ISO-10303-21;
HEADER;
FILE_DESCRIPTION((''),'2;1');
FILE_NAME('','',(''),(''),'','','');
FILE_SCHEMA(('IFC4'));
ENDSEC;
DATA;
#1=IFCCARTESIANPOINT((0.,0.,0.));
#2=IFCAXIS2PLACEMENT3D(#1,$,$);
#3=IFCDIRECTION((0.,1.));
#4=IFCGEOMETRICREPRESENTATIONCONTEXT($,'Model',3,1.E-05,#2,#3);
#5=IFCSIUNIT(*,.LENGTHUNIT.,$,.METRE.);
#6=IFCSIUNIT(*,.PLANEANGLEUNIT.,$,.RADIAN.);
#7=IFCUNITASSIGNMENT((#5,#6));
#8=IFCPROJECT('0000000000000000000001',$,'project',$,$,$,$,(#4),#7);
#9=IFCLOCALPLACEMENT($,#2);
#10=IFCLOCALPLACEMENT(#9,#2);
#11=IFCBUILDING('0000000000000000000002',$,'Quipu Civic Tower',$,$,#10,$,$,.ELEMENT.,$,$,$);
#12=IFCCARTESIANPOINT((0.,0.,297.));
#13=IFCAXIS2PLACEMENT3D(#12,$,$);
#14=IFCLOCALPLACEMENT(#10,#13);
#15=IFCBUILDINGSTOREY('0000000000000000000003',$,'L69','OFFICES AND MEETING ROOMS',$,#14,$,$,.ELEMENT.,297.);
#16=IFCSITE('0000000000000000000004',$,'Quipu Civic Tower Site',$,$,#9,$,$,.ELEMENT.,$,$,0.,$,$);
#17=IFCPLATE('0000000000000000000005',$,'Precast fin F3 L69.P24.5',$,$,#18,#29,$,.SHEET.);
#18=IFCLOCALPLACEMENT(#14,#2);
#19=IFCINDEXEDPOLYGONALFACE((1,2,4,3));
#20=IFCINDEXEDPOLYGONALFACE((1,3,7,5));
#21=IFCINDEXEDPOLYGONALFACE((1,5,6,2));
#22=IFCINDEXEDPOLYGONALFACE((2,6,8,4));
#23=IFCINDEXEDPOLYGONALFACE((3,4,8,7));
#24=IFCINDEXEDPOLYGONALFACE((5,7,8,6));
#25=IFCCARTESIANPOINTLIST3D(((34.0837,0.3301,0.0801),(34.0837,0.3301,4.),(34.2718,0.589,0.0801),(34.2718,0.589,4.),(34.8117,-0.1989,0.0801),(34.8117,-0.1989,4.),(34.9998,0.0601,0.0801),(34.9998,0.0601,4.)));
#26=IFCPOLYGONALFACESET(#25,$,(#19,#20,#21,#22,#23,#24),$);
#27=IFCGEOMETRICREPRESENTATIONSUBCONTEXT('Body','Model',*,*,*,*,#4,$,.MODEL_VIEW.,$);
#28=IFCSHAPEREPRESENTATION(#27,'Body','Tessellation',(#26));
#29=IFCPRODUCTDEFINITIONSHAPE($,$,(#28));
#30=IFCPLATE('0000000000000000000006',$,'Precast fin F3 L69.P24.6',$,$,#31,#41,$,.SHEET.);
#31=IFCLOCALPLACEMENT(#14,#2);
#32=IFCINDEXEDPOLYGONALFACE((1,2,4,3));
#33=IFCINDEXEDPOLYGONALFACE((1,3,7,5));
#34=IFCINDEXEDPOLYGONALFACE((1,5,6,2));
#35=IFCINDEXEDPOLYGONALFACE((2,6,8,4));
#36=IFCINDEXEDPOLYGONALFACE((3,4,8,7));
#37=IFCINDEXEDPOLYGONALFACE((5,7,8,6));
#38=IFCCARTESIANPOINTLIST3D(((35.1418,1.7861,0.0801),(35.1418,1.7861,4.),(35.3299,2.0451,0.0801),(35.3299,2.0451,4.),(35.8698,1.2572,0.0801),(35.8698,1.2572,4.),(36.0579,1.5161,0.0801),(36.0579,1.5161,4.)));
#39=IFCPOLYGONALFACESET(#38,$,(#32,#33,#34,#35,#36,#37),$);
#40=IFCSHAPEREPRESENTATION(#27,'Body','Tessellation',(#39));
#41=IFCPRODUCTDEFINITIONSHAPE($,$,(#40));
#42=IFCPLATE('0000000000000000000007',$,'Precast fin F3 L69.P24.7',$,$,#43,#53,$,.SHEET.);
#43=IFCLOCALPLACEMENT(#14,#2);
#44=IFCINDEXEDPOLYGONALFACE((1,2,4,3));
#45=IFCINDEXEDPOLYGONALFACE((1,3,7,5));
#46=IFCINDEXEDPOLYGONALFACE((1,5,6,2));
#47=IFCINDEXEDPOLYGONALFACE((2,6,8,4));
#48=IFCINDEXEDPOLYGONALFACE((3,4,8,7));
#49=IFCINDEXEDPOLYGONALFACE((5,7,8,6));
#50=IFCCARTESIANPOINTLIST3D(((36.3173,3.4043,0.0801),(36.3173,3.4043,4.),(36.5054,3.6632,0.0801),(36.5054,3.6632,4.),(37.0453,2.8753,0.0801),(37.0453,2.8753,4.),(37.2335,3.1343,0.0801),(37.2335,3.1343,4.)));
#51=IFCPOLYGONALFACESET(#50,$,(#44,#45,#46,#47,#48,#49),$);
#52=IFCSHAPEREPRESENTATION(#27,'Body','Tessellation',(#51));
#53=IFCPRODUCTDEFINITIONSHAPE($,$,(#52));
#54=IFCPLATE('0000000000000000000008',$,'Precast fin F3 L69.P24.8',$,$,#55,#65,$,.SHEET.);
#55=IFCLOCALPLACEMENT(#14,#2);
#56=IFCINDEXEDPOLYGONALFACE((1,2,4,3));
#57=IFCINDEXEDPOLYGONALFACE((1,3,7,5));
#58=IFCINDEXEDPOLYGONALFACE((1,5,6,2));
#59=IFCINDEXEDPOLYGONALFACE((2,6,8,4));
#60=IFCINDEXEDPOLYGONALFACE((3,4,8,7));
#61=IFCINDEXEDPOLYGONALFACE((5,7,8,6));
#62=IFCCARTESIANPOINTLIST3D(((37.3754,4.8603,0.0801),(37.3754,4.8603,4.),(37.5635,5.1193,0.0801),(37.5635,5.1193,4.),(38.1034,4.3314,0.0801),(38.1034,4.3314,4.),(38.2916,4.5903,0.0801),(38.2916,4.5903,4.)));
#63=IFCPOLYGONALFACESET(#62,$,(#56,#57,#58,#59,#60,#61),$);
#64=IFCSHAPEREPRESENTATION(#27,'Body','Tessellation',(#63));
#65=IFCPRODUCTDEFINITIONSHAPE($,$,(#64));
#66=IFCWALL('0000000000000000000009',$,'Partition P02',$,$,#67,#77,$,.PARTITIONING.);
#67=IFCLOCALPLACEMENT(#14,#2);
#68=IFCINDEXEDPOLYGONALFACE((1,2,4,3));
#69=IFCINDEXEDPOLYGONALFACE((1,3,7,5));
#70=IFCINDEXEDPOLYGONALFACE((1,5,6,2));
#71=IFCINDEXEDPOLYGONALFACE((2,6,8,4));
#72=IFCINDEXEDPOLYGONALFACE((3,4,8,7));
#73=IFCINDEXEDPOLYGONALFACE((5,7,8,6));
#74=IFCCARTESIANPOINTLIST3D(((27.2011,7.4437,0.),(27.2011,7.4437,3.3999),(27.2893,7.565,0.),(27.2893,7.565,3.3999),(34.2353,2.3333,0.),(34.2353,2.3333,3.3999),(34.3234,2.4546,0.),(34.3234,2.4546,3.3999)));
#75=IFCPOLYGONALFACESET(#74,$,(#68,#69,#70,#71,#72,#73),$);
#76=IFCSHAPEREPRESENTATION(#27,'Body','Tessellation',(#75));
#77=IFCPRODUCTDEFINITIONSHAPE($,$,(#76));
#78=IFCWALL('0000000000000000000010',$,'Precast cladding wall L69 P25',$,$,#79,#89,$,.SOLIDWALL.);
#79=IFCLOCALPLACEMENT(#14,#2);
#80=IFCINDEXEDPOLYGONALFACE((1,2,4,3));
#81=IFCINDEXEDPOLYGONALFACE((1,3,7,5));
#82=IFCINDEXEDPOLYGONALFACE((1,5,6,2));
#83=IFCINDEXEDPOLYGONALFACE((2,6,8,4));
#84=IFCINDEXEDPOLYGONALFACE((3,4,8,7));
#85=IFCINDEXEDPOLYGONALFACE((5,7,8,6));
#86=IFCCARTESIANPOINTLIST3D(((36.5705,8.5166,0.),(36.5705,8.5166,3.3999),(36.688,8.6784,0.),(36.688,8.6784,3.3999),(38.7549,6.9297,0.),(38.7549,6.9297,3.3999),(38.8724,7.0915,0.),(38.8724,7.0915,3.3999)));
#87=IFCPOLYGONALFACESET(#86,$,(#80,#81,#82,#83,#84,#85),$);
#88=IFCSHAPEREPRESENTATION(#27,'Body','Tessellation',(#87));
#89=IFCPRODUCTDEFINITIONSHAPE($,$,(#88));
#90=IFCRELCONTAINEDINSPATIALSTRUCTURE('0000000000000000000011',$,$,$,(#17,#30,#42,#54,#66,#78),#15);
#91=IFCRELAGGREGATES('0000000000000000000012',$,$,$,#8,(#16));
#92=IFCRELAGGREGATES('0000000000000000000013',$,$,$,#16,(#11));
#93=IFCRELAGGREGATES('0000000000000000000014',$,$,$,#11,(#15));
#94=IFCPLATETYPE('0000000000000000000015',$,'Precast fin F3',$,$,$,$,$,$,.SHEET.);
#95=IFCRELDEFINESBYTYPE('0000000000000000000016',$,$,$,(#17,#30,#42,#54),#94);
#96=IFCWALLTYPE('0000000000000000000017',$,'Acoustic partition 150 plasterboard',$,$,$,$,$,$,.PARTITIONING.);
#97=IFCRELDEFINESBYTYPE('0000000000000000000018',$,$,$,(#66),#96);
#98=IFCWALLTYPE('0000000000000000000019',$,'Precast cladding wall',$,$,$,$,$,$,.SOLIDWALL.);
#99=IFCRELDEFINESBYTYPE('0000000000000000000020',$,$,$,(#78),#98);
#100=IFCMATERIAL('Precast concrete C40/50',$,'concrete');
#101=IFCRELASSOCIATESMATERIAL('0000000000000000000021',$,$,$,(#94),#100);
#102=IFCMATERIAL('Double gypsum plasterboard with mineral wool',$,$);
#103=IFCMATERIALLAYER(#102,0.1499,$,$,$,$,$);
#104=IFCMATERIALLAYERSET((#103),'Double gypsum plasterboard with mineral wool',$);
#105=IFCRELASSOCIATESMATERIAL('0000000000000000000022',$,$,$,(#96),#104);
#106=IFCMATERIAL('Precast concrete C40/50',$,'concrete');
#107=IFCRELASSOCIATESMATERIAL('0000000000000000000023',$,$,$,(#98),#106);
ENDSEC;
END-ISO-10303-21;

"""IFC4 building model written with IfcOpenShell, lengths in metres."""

from ifc_helpers import new_model, si_unit, direction, frame, frame_2d, origin, origin_2d, place, context, subcontext, project, spatial, rectangle, extrude, material, layer, layer_set, type_object, element, save


model = new_model("IFC4")

# Units and contexts
model_context = context("Model", 3, precision=1e-05, world=origin(), true_north=direction((0.0, 1.0)))
body_context = subcontext(model_context, "Body", "Model", "MODEL_VIEW")
ifc_project = project(units=[si_unit("LENGTHUNIT", "METRE"), si_unit("PLANEANGLEUNIT", "RADIAN")], contexts=[model_context])

# Site, building, storey
site_placement = place(None, origin())
site = spatial("IfcSite", under=ifc_project, at=site_placement, Name="Quipu Civic Tower Site", CompositionType="ELEMENT", RefElevation=0.0)
building_placement = place(site_placement, origin())
building = spatial("IfcBuilding", under=site, at=building_placement, Name="Quipu Civic Tower", CompositionType="ELEMENT")
storey_placement = place(building_placement, frame((0.0, 0.0, 297.0)))
storey = spatial("IfcBuildingStorey", under=building, at=storey_placement, Name="L69", Description="OFFICES AND MEETING ROOMS", CompositionType="ELEMENT", Elevation=297.0)

# Plates
ifc_material_1 = material(Name="Precast concrete C40/50", Category="concrete")
plate_type_1 = type_object("IfcPlateType", Name="Precast fin F3", PredefinedType="SHEET", material=ifc_material_1)
for number, where, z_axis, x_axis, name in (
    (1, (34.5417, 0.1951, 0.0801), (0.0, 0.0, 1.0), (0.587787, 0.809016, 0.0), "Precast fin F3 L69.P24.5"),
    (2, (35.5999, 1.6511, 0.0801), (0.0, 0.0, 1.0), (0.587787, 0.809016, 0.0), "Precast fin F3 L69.P24.6"),
    (3, (36.7754, 3.2693, 0.0801), (0.0, 0.0, 1.0), (0.587787, 0.809016, 0.0), "Precast fin F3 L69.P24.7"),
    (4, (37.8335, 4.7253, 0.0801), (0.0, 0.0, 1.0), (0.587787, 0.809016, 0.0), "Precast fin F3 L69.P24.8"),
):
    element("IfcPlate", number, at=place(storey_placement, frame(where, z_axis=z_axis, x_axis=x_axis)), inside=storey, type_object=plate_type_1, Name=name, PredefinedType="SHEET", context=body_context, shape_type="SweptSolid", body=[
        extrude(rectangle(XDim=0.3201, YDim=0.8999, at=origin_2d()), origin(), (0.0, 0.0, 1.0), 3.9199),
    ])

# Walls
ifc_material_2 = material(Name="Double gypsum plasterboard with mineral wool")
ifc_layer_1 = layer(ifc_material_2, 0.1499)
ifc_layer_set_1 = layer_set([ifc_layer_1], Name="Double gypsum plasterboard with mineral wool")
wall_type_1 = type_object("IfcWallType", Name="Acoustic partition 150 plasterboard", PredefinedType="PARTITIONING", material=ifc_layer_set_1)
wall_1_placement = place(storey_placement, frame((34.2793, 2.394, 0.0), z_axis=(0.0, 0.0, 1.0), x_axis=(-0.809032, 0.587764, 0.0)))
element("IfcWall", 5, at=wall_1_placement, inside=storey, type_object=wall_type_1, Name="Partition P02", PredefinedType="PARTITIONING", context=body_context, shape_type="SweptSolid", body=[
    extrude(rectangle(XDim=8.6946, YDim=0.1499, at=frame_2d((4.3472, 0.0))), origin(), (0.0, 0.0, 1.0), 3.3999),
])
ifc_material_3 = material(Name="Precast concrete C40/50", Category="concrete")
wall_type_2 = type_object("IfcWallType", Name="Precast cladding wall", PredefinedType="SOLIDWALL", material=ifc_material_3)
wall_2_placement = place(storey_placement, frame((38.8137, 7.0105, 0.0), z_axis=(0.0, 0.0, 1.0), x_axis=(-0.809033, 0.587763, 0.0)))
element("IfcWall", 6, at=wall_2_placement, inside=storey, type_object=wall_type_2, Name="Precast cladding wall L69 P25", PredefinedType="SOLIDWALL", context=body_context, shape_type="SweptSolid", body=[
    extrude(rectangle(XDim=2.7, YDim=0.2, at=frame_2d((1.3501, 0.0))), origin(), (0.0, 0.0, 1.0), 3.3999),
])

save(model, "model.ifc")
